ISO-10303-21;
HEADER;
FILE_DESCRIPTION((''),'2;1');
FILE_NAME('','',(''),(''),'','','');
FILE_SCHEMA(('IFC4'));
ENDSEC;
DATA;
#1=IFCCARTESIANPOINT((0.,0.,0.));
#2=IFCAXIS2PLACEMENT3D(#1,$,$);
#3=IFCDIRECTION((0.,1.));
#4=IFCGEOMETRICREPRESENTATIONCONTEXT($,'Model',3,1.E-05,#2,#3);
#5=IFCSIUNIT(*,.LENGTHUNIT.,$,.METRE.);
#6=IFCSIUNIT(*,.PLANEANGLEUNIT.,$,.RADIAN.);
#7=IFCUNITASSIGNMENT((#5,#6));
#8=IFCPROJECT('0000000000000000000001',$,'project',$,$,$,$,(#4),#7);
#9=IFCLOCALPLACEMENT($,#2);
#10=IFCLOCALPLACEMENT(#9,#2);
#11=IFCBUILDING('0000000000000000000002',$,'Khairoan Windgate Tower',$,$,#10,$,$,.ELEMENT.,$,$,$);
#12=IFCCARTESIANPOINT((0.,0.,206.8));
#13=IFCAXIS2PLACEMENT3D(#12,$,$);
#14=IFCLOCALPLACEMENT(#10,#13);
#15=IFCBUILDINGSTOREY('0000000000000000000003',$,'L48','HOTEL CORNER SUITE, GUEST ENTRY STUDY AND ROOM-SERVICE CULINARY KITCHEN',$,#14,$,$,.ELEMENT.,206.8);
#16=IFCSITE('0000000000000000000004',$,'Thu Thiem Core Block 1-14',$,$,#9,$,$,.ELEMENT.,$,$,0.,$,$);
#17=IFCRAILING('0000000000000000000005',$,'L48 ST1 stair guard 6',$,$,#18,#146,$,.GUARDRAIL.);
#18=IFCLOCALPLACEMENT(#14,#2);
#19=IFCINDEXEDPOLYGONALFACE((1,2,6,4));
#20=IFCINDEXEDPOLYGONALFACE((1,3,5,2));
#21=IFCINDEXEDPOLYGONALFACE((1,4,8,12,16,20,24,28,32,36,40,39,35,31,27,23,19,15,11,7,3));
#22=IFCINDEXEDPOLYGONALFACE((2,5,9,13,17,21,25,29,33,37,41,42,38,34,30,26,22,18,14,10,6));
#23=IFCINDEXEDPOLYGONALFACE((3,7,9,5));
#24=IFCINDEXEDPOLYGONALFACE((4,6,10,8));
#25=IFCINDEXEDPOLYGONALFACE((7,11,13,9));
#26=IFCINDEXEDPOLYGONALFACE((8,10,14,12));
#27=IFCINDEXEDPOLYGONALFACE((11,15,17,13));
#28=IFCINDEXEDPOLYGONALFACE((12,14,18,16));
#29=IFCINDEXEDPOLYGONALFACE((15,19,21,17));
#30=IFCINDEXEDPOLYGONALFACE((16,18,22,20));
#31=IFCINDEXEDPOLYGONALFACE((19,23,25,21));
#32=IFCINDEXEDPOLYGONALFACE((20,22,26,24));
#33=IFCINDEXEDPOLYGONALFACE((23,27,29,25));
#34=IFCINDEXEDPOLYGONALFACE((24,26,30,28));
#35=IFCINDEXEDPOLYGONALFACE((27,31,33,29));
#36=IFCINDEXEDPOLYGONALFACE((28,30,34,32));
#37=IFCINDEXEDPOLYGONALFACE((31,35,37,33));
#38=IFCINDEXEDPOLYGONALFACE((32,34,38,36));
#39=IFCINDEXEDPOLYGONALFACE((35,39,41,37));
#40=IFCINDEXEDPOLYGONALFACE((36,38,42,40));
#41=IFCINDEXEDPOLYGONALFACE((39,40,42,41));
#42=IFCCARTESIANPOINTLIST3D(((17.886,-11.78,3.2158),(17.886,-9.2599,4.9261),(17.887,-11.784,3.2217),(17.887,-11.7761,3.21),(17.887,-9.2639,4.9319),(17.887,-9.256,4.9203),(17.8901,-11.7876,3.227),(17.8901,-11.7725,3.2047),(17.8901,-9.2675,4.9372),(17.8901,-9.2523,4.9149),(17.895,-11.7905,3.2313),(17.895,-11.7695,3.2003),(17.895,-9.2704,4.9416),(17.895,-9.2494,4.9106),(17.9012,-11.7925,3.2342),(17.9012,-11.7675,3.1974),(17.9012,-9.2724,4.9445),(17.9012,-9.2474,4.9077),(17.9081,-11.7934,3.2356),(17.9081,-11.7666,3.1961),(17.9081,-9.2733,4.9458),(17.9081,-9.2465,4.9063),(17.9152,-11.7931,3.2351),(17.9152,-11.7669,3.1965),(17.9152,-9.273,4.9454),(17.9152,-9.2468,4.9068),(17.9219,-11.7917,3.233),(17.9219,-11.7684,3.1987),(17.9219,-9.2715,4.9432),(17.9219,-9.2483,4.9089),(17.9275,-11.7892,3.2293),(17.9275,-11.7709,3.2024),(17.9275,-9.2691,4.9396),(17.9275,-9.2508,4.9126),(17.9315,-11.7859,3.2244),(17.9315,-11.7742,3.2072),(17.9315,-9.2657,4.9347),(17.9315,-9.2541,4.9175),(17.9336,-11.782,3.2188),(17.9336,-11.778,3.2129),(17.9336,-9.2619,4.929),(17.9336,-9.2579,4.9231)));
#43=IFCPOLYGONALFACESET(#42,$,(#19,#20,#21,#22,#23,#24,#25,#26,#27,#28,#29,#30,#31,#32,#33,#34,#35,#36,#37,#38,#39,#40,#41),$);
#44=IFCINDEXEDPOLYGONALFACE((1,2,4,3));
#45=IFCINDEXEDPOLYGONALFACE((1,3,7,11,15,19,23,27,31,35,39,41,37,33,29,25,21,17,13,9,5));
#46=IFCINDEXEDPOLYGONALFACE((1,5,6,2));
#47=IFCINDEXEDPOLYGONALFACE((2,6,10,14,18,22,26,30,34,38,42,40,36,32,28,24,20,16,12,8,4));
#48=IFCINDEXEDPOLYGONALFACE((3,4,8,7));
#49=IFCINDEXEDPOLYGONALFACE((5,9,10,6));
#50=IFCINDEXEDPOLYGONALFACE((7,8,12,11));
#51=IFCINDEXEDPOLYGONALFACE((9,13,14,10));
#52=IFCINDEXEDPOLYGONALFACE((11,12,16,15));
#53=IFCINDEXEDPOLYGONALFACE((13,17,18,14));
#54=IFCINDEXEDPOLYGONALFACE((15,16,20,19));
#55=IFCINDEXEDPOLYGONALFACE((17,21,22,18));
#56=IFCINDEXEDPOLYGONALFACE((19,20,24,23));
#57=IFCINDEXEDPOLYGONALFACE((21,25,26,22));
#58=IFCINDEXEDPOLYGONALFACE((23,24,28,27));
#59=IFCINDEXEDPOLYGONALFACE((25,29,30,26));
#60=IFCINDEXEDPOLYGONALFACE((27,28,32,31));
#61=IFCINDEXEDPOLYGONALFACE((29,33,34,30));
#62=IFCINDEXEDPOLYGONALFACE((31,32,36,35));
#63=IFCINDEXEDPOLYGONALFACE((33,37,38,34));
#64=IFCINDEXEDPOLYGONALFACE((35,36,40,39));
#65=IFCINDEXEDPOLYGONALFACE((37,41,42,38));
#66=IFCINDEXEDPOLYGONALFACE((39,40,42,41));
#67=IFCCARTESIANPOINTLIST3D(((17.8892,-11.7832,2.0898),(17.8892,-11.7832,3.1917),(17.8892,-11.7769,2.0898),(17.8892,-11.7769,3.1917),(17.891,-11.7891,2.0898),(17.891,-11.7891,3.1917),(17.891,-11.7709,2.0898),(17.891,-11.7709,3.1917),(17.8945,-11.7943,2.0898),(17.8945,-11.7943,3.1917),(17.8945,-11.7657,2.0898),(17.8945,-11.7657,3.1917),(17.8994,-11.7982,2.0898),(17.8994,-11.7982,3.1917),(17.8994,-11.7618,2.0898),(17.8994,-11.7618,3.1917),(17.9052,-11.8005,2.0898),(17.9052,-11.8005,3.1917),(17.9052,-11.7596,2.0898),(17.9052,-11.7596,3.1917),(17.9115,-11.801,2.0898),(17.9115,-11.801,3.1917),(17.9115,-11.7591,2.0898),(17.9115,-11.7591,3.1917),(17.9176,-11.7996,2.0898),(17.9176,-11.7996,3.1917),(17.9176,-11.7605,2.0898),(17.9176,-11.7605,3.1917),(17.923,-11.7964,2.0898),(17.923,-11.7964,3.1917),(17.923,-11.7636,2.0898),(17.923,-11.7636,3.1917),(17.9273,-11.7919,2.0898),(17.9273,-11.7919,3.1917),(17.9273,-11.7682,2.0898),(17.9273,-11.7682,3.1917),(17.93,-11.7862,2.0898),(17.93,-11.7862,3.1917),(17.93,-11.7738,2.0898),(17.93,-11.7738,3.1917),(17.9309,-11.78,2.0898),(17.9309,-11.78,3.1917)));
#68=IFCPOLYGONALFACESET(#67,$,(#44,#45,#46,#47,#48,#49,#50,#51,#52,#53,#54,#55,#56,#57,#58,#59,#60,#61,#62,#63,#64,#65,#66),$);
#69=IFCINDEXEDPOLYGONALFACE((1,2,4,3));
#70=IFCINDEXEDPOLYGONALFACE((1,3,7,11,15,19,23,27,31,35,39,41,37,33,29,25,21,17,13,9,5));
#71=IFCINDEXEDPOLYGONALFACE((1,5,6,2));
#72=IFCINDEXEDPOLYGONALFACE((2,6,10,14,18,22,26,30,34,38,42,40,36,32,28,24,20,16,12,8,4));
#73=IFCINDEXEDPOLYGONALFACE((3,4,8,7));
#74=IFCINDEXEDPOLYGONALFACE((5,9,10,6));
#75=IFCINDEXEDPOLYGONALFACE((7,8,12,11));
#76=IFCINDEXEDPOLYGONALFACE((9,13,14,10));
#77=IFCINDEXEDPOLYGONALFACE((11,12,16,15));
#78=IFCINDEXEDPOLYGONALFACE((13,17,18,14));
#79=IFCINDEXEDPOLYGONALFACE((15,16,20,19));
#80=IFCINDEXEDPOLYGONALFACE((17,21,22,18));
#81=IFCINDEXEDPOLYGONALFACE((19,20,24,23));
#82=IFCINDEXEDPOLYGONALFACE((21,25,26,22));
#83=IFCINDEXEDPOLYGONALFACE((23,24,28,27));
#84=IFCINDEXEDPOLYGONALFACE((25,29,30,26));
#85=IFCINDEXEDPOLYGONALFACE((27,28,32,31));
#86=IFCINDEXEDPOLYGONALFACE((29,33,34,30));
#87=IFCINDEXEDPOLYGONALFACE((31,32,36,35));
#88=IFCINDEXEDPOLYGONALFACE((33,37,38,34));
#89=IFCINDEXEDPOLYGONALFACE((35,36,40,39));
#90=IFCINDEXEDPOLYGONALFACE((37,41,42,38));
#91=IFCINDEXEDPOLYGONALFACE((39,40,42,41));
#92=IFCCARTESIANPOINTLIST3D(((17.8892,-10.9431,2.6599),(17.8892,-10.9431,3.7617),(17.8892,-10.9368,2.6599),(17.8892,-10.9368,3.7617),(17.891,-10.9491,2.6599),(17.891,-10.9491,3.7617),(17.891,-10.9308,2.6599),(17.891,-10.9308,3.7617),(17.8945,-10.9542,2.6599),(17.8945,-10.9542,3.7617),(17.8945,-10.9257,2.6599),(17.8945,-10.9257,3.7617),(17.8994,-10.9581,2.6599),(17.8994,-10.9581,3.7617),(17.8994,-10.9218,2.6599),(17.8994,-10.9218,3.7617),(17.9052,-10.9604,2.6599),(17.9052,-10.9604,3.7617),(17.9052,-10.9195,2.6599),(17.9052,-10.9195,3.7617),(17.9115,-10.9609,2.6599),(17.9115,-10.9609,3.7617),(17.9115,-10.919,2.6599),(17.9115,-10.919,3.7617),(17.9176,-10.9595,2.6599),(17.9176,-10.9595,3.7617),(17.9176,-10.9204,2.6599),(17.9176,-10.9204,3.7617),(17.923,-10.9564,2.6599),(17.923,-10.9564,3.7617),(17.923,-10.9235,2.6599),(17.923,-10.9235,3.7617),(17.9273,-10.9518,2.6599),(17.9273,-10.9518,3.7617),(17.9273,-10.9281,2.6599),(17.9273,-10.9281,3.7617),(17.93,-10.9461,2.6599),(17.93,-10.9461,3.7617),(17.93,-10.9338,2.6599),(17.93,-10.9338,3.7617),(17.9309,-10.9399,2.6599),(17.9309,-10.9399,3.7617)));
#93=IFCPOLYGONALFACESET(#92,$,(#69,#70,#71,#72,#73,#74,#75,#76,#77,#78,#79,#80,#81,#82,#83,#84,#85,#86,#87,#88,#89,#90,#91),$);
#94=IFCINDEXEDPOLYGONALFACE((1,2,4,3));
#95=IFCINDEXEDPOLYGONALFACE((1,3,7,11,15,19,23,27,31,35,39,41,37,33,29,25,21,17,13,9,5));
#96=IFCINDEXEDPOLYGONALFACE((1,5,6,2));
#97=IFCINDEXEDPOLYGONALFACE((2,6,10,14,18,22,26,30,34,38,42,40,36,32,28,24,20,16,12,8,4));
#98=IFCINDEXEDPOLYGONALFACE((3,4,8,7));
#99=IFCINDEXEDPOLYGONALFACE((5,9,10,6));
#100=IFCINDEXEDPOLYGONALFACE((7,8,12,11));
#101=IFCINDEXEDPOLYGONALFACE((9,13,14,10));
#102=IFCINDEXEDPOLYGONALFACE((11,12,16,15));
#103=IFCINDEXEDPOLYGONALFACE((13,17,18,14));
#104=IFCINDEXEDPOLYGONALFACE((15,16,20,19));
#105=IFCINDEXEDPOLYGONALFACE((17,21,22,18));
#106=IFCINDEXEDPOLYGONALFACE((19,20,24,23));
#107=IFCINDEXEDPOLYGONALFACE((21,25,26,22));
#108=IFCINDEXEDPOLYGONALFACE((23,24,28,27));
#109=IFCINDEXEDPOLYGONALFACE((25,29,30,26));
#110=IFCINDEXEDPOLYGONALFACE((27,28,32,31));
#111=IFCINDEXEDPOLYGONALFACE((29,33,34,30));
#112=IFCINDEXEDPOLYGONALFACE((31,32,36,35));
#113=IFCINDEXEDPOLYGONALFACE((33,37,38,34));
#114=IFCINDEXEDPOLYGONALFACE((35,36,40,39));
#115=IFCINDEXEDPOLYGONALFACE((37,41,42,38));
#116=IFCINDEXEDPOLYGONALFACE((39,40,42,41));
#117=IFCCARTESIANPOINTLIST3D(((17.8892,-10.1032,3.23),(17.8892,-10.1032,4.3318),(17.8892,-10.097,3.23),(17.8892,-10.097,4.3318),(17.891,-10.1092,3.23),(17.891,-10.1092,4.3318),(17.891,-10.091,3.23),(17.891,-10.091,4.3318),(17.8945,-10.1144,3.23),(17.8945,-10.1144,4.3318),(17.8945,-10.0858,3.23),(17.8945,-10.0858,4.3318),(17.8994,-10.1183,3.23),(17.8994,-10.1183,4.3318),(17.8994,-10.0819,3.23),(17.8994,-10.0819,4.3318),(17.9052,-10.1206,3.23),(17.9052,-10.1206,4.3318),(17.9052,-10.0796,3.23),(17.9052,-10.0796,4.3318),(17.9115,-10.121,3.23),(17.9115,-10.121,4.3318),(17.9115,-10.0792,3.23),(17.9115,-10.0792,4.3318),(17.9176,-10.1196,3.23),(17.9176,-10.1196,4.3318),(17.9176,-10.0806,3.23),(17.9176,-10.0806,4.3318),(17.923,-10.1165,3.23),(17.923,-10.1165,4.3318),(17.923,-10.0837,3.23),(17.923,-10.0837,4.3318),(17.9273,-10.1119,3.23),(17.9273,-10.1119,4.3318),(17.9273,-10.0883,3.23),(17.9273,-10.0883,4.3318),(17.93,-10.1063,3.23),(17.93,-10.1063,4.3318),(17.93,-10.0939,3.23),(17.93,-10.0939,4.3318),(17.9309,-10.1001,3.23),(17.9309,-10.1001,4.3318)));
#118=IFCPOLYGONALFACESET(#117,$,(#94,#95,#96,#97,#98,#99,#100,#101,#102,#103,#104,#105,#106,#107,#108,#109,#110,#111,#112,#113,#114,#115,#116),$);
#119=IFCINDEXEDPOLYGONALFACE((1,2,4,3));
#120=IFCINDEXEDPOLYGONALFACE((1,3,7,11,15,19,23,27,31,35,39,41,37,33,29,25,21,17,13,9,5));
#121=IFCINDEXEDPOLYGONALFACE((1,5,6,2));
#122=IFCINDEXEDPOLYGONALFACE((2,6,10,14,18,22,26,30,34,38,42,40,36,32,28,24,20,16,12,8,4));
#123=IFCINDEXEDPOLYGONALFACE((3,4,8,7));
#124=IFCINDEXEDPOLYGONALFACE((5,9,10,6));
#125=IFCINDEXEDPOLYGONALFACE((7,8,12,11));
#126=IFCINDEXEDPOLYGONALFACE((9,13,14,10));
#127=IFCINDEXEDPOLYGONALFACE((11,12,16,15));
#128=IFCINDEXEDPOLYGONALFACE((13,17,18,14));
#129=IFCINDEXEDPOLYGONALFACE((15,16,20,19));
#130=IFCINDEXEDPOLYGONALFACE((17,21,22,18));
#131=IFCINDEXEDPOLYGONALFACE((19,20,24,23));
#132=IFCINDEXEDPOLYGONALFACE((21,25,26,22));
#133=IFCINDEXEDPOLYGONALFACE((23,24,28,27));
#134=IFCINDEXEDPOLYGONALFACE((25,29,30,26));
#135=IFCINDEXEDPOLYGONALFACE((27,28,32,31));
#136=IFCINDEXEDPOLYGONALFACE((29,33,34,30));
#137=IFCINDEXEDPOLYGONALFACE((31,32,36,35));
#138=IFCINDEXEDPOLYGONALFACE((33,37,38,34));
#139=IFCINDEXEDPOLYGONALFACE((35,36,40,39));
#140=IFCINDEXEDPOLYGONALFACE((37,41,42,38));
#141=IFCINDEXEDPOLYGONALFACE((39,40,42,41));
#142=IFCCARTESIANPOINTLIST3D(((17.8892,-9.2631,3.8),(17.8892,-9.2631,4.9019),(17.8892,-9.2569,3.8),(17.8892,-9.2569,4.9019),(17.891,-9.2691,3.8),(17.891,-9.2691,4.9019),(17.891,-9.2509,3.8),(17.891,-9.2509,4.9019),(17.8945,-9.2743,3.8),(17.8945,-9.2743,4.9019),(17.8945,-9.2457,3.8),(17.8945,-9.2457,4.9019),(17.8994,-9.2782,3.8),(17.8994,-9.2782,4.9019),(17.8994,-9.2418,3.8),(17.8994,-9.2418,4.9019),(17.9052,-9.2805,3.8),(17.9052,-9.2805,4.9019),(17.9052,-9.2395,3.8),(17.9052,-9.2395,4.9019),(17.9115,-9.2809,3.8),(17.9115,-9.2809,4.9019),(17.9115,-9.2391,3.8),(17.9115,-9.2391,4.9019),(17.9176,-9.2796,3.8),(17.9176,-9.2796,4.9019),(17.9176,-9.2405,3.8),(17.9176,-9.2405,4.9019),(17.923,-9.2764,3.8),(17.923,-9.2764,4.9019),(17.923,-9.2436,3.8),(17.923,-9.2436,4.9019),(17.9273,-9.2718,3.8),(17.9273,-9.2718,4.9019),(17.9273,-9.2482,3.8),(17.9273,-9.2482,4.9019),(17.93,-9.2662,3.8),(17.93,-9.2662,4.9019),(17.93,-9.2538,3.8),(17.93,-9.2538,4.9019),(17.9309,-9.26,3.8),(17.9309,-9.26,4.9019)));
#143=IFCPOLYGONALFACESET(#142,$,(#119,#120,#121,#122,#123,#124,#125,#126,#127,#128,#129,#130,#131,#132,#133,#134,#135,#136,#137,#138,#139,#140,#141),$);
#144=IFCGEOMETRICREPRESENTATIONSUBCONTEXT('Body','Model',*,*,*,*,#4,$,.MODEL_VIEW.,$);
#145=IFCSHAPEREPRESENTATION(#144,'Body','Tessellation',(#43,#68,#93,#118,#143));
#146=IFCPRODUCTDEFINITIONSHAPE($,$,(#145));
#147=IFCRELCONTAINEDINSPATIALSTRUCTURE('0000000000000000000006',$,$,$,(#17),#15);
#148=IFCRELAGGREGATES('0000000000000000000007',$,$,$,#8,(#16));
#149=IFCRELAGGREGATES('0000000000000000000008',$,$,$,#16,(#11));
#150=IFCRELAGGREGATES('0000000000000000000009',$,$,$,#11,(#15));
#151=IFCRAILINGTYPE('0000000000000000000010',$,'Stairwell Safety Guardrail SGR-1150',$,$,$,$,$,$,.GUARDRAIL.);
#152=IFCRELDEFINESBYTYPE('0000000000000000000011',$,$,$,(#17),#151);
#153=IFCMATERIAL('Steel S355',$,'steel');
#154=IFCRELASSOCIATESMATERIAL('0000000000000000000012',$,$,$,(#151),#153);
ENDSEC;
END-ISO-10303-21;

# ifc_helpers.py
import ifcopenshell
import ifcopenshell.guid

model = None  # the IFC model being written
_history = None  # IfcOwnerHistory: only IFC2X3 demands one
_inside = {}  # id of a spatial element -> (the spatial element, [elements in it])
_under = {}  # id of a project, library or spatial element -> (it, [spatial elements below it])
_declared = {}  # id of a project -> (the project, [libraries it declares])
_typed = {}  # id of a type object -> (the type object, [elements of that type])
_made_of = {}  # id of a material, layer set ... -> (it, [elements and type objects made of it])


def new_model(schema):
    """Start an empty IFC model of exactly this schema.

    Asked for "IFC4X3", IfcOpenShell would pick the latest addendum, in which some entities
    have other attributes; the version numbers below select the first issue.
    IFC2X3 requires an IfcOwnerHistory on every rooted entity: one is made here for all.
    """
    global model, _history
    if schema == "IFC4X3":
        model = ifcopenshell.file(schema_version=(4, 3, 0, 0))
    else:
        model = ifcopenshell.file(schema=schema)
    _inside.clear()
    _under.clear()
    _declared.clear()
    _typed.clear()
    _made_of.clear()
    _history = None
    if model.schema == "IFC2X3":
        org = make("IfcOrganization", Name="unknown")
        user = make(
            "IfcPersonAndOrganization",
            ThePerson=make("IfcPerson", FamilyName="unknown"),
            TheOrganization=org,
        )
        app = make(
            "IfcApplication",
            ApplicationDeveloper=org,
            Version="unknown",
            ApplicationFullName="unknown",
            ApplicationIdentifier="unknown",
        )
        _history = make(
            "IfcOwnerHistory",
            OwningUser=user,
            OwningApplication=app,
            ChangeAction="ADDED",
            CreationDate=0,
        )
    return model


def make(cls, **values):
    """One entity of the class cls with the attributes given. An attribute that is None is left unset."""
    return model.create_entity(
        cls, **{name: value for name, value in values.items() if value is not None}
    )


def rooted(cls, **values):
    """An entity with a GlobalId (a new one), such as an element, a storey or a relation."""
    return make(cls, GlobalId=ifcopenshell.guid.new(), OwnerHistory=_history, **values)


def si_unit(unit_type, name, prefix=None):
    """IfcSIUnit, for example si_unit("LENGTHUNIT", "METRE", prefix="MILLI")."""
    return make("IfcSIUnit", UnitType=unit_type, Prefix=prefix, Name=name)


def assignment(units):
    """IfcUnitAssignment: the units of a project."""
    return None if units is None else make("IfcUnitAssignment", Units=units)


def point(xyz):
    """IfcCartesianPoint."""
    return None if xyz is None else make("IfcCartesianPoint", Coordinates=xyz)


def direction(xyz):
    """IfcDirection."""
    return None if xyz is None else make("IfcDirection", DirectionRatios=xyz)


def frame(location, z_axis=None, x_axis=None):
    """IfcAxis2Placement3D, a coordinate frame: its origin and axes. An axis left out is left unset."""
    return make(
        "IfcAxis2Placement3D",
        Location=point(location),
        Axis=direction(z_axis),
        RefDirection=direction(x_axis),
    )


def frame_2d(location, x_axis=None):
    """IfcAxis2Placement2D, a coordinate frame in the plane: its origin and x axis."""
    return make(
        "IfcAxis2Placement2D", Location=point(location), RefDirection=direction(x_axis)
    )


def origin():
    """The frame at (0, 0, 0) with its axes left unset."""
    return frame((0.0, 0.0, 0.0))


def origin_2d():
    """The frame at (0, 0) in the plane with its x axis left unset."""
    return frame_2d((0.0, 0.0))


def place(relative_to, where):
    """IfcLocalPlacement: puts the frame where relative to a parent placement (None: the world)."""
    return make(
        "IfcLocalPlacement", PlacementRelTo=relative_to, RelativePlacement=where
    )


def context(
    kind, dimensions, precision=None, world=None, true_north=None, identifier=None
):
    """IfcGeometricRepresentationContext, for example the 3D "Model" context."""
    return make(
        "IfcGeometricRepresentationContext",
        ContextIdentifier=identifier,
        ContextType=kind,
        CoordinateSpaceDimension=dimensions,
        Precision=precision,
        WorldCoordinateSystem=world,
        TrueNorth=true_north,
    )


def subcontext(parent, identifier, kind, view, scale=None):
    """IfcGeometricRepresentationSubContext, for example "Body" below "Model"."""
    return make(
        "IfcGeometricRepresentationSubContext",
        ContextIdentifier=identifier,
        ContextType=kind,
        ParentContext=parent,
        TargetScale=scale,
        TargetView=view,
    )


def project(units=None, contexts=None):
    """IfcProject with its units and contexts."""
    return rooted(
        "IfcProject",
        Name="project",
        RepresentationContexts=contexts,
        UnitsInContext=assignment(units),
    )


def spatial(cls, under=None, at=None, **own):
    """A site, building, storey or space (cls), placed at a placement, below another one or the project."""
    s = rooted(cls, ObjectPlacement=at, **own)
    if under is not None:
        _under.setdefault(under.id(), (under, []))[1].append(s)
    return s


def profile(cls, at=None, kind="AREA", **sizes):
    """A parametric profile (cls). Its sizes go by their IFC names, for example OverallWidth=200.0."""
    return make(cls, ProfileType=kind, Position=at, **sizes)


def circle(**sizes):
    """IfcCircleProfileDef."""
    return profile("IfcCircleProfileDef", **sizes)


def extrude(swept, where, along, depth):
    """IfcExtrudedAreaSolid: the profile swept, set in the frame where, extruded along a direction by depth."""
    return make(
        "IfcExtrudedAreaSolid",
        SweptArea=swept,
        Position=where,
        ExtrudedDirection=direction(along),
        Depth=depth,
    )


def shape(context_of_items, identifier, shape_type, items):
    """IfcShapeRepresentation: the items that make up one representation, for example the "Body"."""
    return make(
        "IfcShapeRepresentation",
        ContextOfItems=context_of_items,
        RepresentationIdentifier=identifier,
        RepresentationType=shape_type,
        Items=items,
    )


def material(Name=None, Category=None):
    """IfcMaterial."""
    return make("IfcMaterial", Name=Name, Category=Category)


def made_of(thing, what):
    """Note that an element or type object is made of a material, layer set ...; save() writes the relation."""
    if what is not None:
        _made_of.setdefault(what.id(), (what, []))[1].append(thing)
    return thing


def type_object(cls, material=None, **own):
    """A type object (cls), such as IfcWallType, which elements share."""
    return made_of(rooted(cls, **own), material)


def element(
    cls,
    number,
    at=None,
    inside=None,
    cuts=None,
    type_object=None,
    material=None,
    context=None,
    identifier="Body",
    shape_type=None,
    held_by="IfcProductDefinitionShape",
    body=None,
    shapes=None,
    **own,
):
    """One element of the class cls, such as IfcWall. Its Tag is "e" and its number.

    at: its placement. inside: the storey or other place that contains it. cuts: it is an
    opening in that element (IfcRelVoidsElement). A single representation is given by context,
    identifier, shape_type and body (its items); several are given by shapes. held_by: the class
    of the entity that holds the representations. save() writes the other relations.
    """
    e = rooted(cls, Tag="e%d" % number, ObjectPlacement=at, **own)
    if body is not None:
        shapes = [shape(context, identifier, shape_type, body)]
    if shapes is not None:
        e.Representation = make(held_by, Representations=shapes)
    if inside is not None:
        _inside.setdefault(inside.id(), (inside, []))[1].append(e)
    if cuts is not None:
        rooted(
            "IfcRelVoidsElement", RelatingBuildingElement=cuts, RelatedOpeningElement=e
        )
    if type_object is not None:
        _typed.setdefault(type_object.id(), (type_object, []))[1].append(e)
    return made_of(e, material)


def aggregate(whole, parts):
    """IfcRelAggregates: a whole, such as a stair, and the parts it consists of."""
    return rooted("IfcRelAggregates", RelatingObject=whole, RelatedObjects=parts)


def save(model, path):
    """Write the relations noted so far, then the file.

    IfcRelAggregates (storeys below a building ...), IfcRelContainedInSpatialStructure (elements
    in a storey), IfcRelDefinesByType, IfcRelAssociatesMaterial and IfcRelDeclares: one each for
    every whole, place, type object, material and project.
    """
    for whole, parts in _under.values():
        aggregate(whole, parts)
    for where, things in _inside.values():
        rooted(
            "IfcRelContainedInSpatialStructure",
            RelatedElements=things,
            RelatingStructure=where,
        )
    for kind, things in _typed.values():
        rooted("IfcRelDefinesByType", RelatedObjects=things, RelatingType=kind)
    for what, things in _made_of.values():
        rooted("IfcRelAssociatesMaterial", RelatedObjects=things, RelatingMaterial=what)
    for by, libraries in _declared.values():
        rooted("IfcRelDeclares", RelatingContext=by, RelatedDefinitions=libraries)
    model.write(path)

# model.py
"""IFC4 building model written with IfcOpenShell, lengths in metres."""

from ifc_helpers import new_model, si_unit, direction, frame, origin, origin_2d, place, context, subcontext, project, spatial, circle, extrude, material, type_object, element, save


model = new_model("IFC4")

# Units and contexts
model_context = context("Model", 3, precision=1e-05, world=origin(), true_north=direction((0.0, 1.0)))
body_context = subcontext(model_context, "Body", "Model", "MODEL_VIEW")
ifc_project = project(units=[si_unit("LENGTHUNIT", "METRE"), si_unit("PLANEANGLEUNIT", "RADIAN")], contexts=[model_context])

# Site, building, storey
site_placement = place(None, origin())
site = spatial("IfcSite", under=ifc_project, at=site_placement, Name="Thu Thiem Core Block 1-14", CompositionType="ELEMENT", RefElevation=0.0)
building_placement = place(site_placement, origin())
building = spatial("IfcBuilding", under=site, at=building_placement, Name="Khairoan Windgate Tower", CompositionType="ELEMENT")
storey_placement = place(building_placement, frame((0.0, 0.0, 206.8)))
storey = spatial("IfcBuildingStorey", under=building, at=storey_placement, Name="L48", Description="HOTEL CORNER SUITE, GUEST ENTRY STUDY AND ROOM-SERVICE CULINARY KITCHEN", CompositionType="ELEMENT", Elevation=206.8)

# Railing
ifc_material_1 = material(Name="Steel S355", Category="steel")
railing_type_1 = type_object("IfcRailingType", Name="Stairwell Safety Guardrail SGR-1150", PredefinedType="GUARDRAIL", material=ifc_material_1)
railing_1_placement = place(storey_placement, frame((17.9099, -11.78, 2.0898)))
element("IfcRailing", 1, at=railing_1_placement, inside=storey, type_object=railing_type_1, Name="L48 ST1 stair guard 6", PredefinedType="GUARDRAIL", context=body_context, shape_type="SweptSolid", body=[
    extrude(circle(Radius=0.0239, at=origin_2d()), frame((0.0, 0.0, 1.126), z_axis=(0.0, 0.827447, 0.561545), x_axis=(-1.0, 0.0, 0.0)), (0.0, 0.0, 1.0), 3.0457),
    extrude(circle(Radius=0.021, at=origin_2d()), origin(), (0.0, 0.0, 1.0), 1.1018),
    extrude(circle(Radius=0.021, at=origin_2d()), frame((0.0, 0.8401, 0.5701)), (0.0, 0.0, 1.0), 1.1018),
    extrude(circle(Radius=0.021, at=origin_2d()), frame((0.0, 1.6799, 1.1401)), (0.0, 0.0, 1.0), 1.1018),
    extrude(circle(Radius=0.021, at=origin_2d()), frame((0.0, 2.52, 1.7102)), (0.0, 0.0, 1.0), 1.1018),
])

save(model, "model.ifc")
